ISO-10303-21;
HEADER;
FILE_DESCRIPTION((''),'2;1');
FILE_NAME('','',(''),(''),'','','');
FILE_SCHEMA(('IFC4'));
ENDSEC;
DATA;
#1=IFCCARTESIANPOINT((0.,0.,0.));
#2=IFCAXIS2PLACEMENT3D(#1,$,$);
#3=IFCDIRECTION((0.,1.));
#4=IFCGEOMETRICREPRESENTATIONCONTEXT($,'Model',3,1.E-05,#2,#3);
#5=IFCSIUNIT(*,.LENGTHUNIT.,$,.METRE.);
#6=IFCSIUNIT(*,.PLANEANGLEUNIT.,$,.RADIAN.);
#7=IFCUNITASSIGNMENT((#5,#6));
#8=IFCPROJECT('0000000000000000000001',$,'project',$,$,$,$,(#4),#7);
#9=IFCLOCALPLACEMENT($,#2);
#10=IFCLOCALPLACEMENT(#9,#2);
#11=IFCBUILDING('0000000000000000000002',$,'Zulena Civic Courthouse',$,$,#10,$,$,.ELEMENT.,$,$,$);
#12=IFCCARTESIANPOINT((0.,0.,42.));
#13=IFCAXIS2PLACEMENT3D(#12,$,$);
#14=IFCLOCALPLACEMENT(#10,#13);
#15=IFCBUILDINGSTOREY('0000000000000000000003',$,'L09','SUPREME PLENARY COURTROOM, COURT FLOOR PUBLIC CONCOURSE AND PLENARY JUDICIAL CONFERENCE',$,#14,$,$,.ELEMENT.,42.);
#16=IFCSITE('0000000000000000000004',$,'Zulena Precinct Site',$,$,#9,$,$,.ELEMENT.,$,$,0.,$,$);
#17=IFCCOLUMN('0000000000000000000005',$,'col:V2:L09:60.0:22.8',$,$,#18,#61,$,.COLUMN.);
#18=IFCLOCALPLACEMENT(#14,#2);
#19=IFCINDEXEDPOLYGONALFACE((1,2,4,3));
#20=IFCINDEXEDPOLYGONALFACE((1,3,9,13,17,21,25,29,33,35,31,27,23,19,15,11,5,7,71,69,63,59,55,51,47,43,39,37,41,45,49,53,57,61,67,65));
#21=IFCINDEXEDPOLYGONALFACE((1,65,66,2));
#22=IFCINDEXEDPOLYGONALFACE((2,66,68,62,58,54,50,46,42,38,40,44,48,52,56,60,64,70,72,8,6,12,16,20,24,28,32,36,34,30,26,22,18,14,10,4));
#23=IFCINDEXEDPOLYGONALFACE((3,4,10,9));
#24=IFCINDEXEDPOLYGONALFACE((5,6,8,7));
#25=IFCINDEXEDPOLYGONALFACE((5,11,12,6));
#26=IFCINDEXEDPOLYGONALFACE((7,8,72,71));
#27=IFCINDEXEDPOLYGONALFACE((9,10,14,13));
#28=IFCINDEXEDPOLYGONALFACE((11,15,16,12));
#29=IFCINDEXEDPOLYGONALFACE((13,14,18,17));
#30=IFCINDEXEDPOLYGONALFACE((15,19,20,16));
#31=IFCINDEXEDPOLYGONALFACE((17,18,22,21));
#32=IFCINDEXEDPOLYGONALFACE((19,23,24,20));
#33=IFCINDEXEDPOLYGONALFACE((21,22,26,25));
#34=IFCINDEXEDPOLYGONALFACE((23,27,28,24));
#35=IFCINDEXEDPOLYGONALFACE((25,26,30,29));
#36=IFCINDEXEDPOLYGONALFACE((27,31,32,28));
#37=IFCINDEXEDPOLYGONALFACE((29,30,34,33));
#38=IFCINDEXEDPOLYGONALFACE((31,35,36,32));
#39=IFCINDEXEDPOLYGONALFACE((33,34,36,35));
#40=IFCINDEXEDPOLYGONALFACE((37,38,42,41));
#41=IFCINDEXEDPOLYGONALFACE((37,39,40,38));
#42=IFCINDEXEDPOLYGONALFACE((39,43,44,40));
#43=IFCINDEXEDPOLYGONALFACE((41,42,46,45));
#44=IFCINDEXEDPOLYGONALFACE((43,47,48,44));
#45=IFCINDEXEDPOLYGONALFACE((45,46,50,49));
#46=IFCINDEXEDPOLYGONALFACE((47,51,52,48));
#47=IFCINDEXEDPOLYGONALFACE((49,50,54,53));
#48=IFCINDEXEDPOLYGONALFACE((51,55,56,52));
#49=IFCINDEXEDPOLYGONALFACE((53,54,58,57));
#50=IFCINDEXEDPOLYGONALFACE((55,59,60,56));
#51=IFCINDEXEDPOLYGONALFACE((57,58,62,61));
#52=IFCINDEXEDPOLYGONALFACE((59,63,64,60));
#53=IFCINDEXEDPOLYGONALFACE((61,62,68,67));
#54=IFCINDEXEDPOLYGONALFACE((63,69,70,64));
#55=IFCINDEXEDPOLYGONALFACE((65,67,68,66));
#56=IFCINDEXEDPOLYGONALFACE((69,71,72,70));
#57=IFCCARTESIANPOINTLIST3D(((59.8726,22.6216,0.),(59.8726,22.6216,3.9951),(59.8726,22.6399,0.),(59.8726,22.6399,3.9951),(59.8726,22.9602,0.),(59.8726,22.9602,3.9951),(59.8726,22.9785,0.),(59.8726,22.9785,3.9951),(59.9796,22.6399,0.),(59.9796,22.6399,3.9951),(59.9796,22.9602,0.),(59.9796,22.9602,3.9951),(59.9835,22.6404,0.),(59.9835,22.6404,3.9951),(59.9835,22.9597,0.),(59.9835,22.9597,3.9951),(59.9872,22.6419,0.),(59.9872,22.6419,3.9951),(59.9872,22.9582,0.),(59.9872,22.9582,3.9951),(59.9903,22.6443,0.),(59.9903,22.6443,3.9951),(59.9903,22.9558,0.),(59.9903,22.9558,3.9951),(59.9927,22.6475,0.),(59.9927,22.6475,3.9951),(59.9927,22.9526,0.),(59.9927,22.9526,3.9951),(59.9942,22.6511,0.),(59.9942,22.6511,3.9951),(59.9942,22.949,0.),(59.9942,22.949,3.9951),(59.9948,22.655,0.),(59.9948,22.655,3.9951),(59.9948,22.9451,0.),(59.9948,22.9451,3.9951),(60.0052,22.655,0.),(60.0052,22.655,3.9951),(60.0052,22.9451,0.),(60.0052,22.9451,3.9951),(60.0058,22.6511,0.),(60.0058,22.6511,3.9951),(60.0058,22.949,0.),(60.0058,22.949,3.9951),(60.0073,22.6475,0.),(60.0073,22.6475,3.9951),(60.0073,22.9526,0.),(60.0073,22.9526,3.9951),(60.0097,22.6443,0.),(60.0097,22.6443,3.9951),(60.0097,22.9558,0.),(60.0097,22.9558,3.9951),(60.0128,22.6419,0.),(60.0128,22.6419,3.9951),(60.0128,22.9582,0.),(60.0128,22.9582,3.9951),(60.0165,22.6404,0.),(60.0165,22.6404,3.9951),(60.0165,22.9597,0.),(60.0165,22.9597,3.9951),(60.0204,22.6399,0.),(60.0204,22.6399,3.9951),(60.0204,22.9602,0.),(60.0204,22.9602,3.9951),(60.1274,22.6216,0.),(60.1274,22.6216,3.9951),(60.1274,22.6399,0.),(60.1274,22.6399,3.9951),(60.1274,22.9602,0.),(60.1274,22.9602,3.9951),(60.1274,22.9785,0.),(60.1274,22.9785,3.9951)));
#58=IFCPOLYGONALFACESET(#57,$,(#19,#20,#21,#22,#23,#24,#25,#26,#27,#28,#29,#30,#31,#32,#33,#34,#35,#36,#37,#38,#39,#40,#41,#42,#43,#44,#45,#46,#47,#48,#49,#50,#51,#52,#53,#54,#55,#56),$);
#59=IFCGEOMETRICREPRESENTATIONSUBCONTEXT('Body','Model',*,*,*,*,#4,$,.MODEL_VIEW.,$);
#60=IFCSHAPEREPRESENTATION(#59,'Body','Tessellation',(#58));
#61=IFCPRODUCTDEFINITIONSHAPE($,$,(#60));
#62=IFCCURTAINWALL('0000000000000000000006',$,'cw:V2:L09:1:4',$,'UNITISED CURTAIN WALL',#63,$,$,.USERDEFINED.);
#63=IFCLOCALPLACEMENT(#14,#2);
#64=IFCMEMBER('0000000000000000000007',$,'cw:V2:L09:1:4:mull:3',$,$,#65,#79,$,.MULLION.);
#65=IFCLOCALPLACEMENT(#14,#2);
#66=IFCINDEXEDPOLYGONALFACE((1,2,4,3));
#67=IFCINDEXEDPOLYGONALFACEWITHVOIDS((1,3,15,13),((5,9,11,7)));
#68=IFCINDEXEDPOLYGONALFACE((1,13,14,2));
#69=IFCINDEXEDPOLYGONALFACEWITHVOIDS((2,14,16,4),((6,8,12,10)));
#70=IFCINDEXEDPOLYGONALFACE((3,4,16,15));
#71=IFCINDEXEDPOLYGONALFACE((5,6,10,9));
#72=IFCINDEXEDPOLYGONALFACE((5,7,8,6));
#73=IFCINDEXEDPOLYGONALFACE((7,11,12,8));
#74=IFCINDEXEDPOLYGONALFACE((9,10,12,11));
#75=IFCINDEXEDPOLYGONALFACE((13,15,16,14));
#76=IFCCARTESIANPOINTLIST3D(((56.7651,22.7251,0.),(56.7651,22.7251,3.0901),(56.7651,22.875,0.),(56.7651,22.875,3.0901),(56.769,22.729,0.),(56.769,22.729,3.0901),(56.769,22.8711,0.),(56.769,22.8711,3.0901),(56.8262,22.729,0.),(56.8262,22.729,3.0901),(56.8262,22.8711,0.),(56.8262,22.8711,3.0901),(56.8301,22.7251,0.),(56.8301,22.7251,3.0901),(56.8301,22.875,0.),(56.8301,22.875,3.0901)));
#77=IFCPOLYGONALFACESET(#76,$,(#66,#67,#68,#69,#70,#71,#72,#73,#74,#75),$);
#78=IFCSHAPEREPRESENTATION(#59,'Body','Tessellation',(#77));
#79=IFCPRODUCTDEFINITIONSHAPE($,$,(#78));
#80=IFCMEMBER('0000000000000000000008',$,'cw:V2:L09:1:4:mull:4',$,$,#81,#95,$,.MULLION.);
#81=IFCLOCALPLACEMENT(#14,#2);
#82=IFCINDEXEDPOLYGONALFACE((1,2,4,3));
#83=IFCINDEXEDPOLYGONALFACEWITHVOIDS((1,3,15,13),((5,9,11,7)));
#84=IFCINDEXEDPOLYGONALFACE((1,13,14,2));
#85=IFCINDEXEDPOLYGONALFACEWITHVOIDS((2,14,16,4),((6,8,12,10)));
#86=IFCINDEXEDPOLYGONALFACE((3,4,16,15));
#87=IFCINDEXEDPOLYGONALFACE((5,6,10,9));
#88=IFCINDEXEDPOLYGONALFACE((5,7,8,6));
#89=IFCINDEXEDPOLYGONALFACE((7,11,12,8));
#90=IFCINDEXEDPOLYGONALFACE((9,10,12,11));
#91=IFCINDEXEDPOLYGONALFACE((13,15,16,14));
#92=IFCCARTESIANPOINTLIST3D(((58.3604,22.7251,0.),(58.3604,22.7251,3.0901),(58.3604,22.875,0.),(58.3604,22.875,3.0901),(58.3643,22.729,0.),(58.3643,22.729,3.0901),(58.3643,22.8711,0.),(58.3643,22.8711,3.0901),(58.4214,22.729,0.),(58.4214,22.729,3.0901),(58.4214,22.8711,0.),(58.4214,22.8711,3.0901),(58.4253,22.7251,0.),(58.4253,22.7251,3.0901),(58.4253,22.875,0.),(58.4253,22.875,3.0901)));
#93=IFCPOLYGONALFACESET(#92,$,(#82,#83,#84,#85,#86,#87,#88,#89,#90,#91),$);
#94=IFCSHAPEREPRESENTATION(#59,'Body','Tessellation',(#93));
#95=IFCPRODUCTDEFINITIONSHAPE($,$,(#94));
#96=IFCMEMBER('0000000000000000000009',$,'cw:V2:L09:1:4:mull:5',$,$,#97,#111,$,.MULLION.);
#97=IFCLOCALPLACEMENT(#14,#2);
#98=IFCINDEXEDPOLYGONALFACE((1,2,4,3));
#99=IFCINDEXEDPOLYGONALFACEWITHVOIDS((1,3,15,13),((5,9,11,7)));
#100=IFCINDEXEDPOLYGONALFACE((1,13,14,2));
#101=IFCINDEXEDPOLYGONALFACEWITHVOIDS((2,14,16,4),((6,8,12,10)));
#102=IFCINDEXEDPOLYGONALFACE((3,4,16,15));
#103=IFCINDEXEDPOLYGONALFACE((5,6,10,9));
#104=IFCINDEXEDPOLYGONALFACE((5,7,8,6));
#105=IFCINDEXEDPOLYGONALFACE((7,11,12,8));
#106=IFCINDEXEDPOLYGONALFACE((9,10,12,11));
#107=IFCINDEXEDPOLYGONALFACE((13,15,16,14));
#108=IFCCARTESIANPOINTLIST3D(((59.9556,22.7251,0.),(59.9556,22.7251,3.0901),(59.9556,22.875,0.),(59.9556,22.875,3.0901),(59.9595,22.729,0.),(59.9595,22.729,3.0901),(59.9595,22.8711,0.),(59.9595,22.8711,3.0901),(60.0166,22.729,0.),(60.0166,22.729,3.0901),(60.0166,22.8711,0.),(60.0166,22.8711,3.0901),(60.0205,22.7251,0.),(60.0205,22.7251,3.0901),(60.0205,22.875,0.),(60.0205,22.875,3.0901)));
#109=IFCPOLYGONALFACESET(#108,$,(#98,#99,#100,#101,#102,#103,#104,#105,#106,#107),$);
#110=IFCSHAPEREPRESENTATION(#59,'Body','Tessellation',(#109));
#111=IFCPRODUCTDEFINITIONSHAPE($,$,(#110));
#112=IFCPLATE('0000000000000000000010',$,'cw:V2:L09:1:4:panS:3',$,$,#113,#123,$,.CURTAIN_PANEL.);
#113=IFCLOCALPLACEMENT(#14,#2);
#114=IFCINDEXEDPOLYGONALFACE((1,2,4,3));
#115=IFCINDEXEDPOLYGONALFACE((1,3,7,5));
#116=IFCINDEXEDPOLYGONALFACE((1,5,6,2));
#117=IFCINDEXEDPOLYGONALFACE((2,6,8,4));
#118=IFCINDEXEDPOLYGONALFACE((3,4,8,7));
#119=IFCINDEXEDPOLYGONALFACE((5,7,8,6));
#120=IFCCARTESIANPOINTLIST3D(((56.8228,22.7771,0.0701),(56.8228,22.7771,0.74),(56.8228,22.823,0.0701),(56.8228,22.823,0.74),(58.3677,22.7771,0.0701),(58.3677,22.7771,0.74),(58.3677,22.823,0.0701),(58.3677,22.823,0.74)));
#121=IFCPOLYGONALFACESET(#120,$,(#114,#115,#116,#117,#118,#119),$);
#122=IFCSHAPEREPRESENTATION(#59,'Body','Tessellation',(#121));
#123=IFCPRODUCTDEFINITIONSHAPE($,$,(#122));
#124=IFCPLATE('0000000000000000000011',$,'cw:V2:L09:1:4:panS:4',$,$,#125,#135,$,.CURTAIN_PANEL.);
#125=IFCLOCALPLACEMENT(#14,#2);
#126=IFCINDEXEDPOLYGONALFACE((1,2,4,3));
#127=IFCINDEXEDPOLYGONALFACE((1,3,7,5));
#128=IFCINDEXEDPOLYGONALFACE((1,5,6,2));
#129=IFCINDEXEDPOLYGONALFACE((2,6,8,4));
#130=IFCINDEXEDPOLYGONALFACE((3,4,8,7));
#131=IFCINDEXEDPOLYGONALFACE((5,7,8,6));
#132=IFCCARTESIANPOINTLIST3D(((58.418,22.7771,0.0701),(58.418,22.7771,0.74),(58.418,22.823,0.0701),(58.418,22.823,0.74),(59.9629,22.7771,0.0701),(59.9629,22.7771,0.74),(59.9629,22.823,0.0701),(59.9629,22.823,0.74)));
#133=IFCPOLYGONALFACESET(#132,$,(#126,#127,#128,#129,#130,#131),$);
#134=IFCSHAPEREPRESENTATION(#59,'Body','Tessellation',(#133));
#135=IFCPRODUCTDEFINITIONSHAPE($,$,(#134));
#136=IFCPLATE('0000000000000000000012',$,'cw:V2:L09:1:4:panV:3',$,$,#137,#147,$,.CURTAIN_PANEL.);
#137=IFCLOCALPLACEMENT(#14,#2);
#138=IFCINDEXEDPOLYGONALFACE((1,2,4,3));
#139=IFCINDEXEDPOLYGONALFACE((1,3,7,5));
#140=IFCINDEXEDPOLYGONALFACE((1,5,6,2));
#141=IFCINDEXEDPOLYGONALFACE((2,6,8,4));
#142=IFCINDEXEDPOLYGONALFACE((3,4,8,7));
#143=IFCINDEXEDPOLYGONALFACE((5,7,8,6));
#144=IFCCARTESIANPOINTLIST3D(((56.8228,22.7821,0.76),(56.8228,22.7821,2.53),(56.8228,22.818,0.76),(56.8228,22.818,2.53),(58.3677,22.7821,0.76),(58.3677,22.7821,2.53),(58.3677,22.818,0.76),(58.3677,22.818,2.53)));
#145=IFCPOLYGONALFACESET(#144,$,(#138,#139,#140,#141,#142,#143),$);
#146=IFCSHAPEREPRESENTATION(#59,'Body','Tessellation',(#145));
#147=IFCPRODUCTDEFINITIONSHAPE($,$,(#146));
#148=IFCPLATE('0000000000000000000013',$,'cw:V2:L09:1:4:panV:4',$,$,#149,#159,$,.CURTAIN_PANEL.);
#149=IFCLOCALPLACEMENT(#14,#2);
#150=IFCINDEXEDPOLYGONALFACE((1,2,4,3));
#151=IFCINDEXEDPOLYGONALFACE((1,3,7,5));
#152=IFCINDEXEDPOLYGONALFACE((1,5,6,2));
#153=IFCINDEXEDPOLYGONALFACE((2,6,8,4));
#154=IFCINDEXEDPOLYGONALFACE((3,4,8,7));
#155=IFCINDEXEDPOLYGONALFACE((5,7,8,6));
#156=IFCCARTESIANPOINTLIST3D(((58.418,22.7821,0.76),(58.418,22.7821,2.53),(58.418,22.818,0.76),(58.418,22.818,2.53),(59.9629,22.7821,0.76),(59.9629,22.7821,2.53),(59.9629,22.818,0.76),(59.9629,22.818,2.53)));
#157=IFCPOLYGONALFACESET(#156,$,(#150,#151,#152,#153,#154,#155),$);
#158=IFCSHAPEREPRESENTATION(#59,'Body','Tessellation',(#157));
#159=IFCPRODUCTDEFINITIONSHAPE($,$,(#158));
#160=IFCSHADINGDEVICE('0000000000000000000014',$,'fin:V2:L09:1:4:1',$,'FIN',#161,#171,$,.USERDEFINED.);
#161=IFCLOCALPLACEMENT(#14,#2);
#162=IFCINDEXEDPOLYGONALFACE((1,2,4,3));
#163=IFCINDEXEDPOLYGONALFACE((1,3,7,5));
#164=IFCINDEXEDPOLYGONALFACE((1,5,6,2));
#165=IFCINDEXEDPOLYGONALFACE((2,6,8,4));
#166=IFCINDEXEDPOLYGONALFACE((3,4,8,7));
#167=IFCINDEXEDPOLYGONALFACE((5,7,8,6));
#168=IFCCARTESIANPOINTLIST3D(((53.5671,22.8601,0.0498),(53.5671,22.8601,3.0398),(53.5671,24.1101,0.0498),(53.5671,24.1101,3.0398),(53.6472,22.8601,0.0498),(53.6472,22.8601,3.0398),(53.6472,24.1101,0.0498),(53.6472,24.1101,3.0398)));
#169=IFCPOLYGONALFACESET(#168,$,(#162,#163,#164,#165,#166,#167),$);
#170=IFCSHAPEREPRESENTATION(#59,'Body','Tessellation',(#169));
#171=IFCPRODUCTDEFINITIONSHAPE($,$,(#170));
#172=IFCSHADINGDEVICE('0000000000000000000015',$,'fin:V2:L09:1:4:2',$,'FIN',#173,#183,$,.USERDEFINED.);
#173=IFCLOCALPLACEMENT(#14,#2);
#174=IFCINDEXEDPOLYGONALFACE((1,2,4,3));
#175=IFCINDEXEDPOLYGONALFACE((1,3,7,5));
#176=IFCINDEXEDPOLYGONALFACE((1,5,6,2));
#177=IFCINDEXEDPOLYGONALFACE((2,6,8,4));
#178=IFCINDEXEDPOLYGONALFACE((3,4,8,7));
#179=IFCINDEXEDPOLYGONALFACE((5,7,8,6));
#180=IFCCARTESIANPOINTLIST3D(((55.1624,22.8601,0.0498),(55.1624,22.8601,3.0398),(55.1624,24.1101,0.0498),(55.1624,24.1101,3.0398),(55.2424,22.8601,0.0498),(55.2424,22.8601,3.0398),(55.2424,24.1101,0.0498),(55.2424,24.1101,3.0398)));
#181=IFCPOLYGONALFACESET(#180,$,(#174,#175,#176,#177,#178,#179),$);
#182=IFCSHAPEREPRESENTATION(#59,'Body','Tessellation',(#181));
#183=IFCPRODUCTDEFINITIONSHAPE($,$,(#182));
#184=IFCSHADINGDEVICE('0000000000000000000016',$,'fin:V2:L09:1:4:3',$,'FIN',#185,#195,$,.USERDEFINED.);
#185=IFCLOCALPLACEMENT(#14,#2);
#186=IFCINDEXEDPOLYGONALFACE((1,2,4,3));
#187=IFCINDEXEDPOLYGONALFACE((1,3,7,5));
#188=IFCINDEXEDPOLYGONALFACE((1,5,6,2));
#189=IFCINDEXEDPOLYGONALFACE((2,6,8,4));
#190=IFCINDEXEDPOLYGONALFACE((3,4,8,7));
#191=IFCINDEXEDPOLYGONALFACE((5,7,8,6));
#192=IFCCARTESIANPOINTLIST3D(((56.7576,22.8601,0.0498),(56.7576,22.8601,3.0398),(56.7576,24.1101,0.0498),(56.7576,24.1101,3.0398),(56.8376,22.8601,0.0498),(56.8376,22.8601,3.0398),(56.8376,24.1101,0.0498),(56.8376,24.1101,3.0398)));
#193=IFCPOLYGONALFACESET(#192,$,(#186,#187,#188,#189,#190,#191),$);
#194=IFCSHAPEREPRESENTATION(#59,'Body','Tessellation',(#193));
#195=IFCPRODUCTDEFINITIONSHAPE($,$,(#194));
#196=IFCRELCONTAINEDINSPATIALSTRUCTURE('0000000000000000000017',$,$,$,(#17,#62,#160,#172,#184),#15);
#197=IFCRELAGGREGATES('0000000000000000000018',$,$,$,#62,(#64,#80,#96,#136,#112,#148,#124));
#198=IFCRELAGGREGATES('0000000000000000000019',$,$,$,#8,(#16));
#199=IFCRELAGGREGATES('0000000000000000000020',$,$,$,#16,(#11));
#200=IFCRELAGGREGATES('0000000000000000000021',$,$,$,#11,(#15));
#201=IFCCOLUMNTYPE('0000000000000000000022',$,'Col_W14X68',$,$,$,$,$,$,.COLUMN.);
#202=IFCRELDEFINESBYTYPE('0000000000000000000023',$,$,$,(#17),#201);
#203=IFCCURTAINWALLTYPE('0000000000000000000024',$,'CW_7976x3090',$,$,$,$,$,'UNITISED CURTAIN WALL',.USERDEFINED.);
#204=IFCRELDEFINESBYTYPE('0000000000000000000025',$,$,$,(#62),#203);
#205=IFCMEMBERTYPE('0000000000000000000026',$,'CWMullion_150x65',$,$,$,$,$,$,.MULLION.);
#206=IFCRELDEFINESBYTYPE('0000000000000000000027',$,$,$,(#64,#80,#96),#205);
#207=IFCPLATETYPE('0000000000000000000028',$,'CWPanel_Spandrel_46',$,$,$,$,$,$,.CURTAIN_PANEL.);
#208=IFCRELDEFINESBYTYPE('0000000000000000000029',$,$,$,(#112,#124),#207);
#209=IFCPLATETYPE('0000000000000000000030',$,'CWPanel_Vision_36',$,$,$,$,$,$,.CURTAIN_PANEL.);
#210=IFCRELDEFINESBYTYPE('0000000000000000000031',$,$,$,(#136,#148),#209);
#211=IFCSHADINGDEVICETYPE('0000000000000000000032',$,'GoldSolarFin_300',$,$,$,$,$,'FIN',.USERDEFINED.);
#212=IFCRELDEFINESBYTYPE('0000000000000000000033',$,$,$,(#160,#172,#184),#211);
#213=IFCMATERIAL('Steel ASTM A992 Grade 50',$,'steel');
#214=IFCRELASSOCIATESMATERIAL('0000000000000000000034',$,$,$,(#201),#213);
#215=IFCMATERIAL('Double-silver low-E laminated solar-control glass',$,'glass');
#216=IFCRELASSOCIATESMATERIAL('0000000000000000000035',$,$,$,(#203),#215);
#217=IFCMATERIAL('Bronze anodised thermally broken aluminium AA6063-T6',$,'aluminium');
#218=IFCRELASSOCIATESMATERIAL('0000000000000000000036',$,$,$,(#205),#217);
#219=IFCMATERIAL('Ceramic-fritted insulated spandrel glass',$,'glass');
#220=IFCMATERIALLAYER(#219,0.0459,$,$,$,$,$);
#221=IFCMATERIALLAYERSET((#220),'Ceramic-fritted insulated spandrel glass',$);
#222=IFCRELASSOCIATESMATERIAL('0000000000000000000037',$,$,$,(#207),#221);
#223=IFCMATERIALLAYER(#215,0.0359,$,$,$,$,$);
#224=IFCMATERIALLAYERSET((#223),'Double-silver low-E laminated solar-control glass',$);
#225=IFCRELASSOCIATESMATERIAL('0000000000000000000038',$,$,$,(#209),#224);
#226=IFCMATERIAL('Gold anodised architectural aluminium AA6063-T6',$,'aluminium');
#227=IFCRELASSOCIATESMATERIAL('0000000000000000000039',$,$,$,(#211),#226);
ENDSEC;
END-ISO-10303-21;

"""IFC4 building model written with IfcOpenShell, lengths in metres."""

from ifc_helpers import new_model, si_unit, direction, frame, origin, origin_2d, place, context, subcontext, project, spatial, rectangle, hollow_rectangle, i_section, extrude, material, layer, layer_set, material_profile, profile_set, type_object, element, aggregate, save


model = new_model("IFC4")

# Units and contexts
model_context = context("Model", 3, precision=1e-05, world=origin(), true_north=direction((0.0, 1.0)))
body_context = subcontext(model_context, "Body", "Model", "MODEL_VIEW")
ifc_project = project(units=[si_unit("LENGTHUNIT", "METRE"), si_unit("PLANEANGLEUNIT", "RADIAN")], contexts=[model_context])

# Site, building, storey
site_placement = place(None, origin())
site = spatial("IfcSite", under=ifc_project, at=site_placement, Name="Zulena Precinct Site", CompositionType="ELEMENT", RefElevation=0.0)
building_placement = place(site_placement, origin())
building = spatial("IfcBuilding", under=site, at=building_placement, Name="Zulena Civic Courthouse", CompositionType="ELEMENT")
storey_placement = place(building_placement, frame((0.0, 0.0, 42.0)))
storey = spatial("IfcBuildingStorey", under=building, at=storey_placement, Name="L09", Description="SUPREME PLENARY COURTROOM, COURT FLOOR PUBLIC CONCOURSE AND PLENARY JUDICIAL CONFERENCE", CompositionType="ELEMENT", Elevation=42.0)

# Column
ifc_material_1 = material(Name="Steel ASTM A992 Grade 50", Category="steel")
ifc_material_profile_1 = material_profile(ifc_material_1, i_section(OverallWidth=0.2549, OverallDepth=0.3569, WebThickness=0.0105, FlangeThickness=0.0183, FilletRadius=0.0151, at=origin_2d()), Name="W14X68")
ifc_profile_set_1 = profile_set([ifc_material_profile_1], Name="Steel ASTM A992 Grade 50")
column_type = type_object("IfcColumnType", Name="Col_W14X68", PredefinedType="COLUMN", material=ifc_profile_set_1)
column_placement = place(storey_placement, frame((60.0, 22.8, 0.0), z_axis=(0.0, 0.0, 1.0), x_axis=(1.0, 0.0, 0.0)))
element("IfcColumn", 1, at=column_placement, inside=storey, type_object=column_type, Name="col:V2:L09:60.0:22.8", PredefinedType="COLUMN", context=body_context, shape_type="SweptSolid", body=[
    extrude(i_section(OverallWidth=0.2549, OverallDepth=0.3569, WebThickness=0.0105, FlangeThickness=0.0183, FilletRadius=0.0151, at=origin_2d()), origin(), (0.0, 0.0, 1.0), 3.9951),
])

# Curtain wall, members, plates
ifc_material_2 = material(Name="Double-silver low-E laminated solar-control glass", Category="glass")
curtain_wall_type = type_object("IfcCurtainWallType", Name="CW_7976x3090", ElementType="UNITISED CURTAIN WALL", PredefinedType="USERDEFINED", material=ifc_material_2)
curtain_wall_placement = place(storey_placement, origin())
curtain_wall = element("IfcCurtainWall", 2, at=curtain_wall_placement, inside=storey, type_object=curtain_wall_type, Name="cw:V2:L09:1:4", ObjectType="UNITISED CURTAIN WALL", PredefinedType="USERDEFINED")
ifc_material_3 = material(Name="Bronze anodised thermally broken aluminium AA6063-T6", Category="aluminium")
ifc_material_profile_2 = material_profile(ifc_material_3, hollow_rectangle(XDim=0.0649, YDim=0.1499, WallThickness=0.0039, at=origin_2d()), Name="CWM150X65X4")
ifc_profile_set_2 = profile_set([ifc_material_profile_2], Name="Bronze anodised thermally broken aluminium AA6063-T6")
member_type = type_object("IfcMemberType", Name="CWMullion_150x65", PredefinedType="MULLION", material=ifc_profile_set_2)
member_1_placement = place(storey_placement, frame((56.7976, 22.8, 0.0), z_axis=(0.0, 0.0, 1.0), x_axis=(1.0, 0.0, 0.0)))
member_1 = element("IfcMember", 3, at=member_1_placement, type_object=member_type, Name="cw:V2:L09:1:4:mull:3", PredefinedType="MULLION", context=body_context, shape_type="SweptSolid", body=[
    extrude(hollow_rectangle(XDim=0.0649, YDim=0.1499, WallThickness=0.0039, at=origin_2d()), origin(), (0.0, 0.0, 1.0), 3.0901),
])
member_2_placement = place(storey_placement, frame((58.3928, 22.8, 0.0), z_axis=(0.0, 0.0, 1.0), x_axis=(1.0, 0.0, 0.0)))
member_2 = element("IfcMember", 4, at=member_2_placement, type_object=member_type, Name="cw:V2:L09:1:4:mull:4", PredefinedType="MULLION", context=body_context, shape_type="SweptSolid", body=[
    extrude(hollow_rectangle(XDim=0.0649, YDim=0.1499, WallThickness=0.0039, at=origin_2d()), origin(), (0.0, 0.0, 1.0), 3.0901),
])
member_3_placement = place(storey_placement, frame((59.988, 22.8, 0.0), z_axis=(0.0, 0.0, 1.0), x_axis=(1.0, 0.0, 0.0)))
member_3 = element("IfcMember", 5, at=member_3_placement, type_object=member_type, Name="cw:V2:L09:1:4:mull:5", PredefinedType="MULLION", context=body_context, shape_type="SweptSolid", body=[
    extrude(hollow_rectangle(XDim=0.0649, YDim=0.1499, WallThickness=0.0039, at=origin_2d()), origin(), (0.0, 0.0, 1.0), 3.0901),
])
ifc_material_4 = material(Name="Ceramic-fritted insulated spandrel glass", Category="glass")
ifc_layer_1 = layer(ifc_material_4, 0.0459)
ifc_layer_set_1 = layer_set([ifc_layer_1], Name="Ceramic-fritted insulated spandrel glass")
plate_type_1 = type_object("IfcPlateType", Name="CWPanel_Spandrel_46", PredefinedType="CURTAIN_PANEL", material=ifc_layer_set_1)
plate_1_placement = place(storey_placement, frame((57.5952, 22.8, 0.0701), z_axis=(0.0, 0.0, 1.0), x_axis=(1.0, 0.0, 0.0)))
plate_1 = element("IfcPlate", 6, at=plate_1_placement, type_object=plate_type_1, Name="cw:V2:L09:1:4:panS:3", PredefinedType="CURTAIN_PANEL", context=body_context, shape_type="SweptSolid", body=[
    extrude(rectangle(XDim=1.5449, YDim=0.0459, at=origin_2d()), origin(), (0.0, 0.0, 1.0), 0.6699),
])
plate_2_placement = place(storey_placement, frame((59.1904, 22.8, 0.0701), z_axis=(0.0, 0.0, 1.0), x_axis=(1.0, 0.0, 0.0)))
plate_2 = element("IfcPlate", 7, at=plate_2_placement, type_object=plate_type_1, Name="cw:V2:L09:1:4:panS:4", PredefinedType="CURTAIN_PANEL", context=body_context, shape_type="SweptSolid", body=[
    extrude(rectangle(XDim=1.5449, YDim=0.0459, at=origin_2d()), origin(), (0.0, 0.0, 1.0), 0.6699),
])
ifc_layer_2 = layer(ifc_material_2, 0.0359)
ifc_layer_set_2 = layer_set([ifc_layer_2], Name="Double-silver low-E laminated solar-control glass")
plate_type_2 = type_object("IfcPlateType", Name="CWPanel_Vision_36", PredefinedType="CURTAIN_PANEL", material=ifc_layer_set_2)
plate_3_placement = place(storey_placement, frame((57.5952, 22.8, 0.76), z_axis=(0.0, 0.0, 1.0), x_axis=(1.0, 0.0, 0.0)))
plate_3 = element("IfcPlate", 8, at=plate_3_placement, type_object=plate_type_2, Name="cw:V2:L09:1:4:panV:3", PredefinedType="CURTAIN_PANEL", context=body_context, shape_type="SweptSolid", body=[
    extrude(rectangle(XDim=1.5449, YDim=0.0359, at=origin_2d()), origin(), (0.0, 0.0, 1.0), 1.77),
])
plate_4_placement = place(storey_placement, frame((59.1904, 22.8, 0.76), z_axis=(0.0, 0.0, 1.0), x_axis=(1.0, 0.0, 0.0)))
plate_4 = element("IfcPlate", 9, at=plate_4_placement, type_object=plate_type_2, Name="cw:V2:L09:1:4:panV:4", PredefinedType="CURTAIN_PANEL", context=body_context, shape_type="SweptSolid", body=[
    extrude(rectangle(XDim=1.5449, YDim=0.0359, at=origin_2d()), origin(), (0.0, 0.0, 1.0), 1.77),
])
aggregate(curtain_wall, [member_1, member_2, member_3, plate_3, plate_1, plate_4, plate_2])

# Shading devices
ifc_material_5 = material(Name="Gold anodised architectural aluminium AA6063-T6", Category="aluminium")
shading_device_type = type_object("IfcShadingDeviceType", Name="GoldSolarFin_300", ElementType="FIN", PredefinedType="USERDEFINED", material=ifc_material_5)
for number, where, z_axis, x_axis, name in (
    (10, (53.6072, 23.4851, 0.0498), (0.0, 0.0, 1.0), (0.0, 1.0, 0.0), "fin:V2:L09:1:4:1"),
    (11, (55.2024, 23.4851, 0.0498), (0.0, 0.0, 1.0), (0.0, 1.0, 0.0), "fin:V2:L09:1:4:2"),
    (12, (56.7976, 23.4851, 0.0498), (0.0, 0.0, 1.0), (0.0, 1.0, 0.0), "fin:V2:L09:1:4:3"),
):
    element("IfcShadingDevice", number, at=place(storey_placement, frame(where, z_axis=z_axis, x_axis=x_axis)), inside=storey, type_object=shading_device_type, Name=name, ObjectType="FIN", PredefinedType="USERDEFINED", context=body_context, shape_type="SweptSolid", body=[
        extrude(rectangle(XDim=1.25, YDim=0.0801, at=origin_2d()), origin(), (0.0, 0.0, 1.0), 2.99),
    ])

save(model, "model.ifc")
